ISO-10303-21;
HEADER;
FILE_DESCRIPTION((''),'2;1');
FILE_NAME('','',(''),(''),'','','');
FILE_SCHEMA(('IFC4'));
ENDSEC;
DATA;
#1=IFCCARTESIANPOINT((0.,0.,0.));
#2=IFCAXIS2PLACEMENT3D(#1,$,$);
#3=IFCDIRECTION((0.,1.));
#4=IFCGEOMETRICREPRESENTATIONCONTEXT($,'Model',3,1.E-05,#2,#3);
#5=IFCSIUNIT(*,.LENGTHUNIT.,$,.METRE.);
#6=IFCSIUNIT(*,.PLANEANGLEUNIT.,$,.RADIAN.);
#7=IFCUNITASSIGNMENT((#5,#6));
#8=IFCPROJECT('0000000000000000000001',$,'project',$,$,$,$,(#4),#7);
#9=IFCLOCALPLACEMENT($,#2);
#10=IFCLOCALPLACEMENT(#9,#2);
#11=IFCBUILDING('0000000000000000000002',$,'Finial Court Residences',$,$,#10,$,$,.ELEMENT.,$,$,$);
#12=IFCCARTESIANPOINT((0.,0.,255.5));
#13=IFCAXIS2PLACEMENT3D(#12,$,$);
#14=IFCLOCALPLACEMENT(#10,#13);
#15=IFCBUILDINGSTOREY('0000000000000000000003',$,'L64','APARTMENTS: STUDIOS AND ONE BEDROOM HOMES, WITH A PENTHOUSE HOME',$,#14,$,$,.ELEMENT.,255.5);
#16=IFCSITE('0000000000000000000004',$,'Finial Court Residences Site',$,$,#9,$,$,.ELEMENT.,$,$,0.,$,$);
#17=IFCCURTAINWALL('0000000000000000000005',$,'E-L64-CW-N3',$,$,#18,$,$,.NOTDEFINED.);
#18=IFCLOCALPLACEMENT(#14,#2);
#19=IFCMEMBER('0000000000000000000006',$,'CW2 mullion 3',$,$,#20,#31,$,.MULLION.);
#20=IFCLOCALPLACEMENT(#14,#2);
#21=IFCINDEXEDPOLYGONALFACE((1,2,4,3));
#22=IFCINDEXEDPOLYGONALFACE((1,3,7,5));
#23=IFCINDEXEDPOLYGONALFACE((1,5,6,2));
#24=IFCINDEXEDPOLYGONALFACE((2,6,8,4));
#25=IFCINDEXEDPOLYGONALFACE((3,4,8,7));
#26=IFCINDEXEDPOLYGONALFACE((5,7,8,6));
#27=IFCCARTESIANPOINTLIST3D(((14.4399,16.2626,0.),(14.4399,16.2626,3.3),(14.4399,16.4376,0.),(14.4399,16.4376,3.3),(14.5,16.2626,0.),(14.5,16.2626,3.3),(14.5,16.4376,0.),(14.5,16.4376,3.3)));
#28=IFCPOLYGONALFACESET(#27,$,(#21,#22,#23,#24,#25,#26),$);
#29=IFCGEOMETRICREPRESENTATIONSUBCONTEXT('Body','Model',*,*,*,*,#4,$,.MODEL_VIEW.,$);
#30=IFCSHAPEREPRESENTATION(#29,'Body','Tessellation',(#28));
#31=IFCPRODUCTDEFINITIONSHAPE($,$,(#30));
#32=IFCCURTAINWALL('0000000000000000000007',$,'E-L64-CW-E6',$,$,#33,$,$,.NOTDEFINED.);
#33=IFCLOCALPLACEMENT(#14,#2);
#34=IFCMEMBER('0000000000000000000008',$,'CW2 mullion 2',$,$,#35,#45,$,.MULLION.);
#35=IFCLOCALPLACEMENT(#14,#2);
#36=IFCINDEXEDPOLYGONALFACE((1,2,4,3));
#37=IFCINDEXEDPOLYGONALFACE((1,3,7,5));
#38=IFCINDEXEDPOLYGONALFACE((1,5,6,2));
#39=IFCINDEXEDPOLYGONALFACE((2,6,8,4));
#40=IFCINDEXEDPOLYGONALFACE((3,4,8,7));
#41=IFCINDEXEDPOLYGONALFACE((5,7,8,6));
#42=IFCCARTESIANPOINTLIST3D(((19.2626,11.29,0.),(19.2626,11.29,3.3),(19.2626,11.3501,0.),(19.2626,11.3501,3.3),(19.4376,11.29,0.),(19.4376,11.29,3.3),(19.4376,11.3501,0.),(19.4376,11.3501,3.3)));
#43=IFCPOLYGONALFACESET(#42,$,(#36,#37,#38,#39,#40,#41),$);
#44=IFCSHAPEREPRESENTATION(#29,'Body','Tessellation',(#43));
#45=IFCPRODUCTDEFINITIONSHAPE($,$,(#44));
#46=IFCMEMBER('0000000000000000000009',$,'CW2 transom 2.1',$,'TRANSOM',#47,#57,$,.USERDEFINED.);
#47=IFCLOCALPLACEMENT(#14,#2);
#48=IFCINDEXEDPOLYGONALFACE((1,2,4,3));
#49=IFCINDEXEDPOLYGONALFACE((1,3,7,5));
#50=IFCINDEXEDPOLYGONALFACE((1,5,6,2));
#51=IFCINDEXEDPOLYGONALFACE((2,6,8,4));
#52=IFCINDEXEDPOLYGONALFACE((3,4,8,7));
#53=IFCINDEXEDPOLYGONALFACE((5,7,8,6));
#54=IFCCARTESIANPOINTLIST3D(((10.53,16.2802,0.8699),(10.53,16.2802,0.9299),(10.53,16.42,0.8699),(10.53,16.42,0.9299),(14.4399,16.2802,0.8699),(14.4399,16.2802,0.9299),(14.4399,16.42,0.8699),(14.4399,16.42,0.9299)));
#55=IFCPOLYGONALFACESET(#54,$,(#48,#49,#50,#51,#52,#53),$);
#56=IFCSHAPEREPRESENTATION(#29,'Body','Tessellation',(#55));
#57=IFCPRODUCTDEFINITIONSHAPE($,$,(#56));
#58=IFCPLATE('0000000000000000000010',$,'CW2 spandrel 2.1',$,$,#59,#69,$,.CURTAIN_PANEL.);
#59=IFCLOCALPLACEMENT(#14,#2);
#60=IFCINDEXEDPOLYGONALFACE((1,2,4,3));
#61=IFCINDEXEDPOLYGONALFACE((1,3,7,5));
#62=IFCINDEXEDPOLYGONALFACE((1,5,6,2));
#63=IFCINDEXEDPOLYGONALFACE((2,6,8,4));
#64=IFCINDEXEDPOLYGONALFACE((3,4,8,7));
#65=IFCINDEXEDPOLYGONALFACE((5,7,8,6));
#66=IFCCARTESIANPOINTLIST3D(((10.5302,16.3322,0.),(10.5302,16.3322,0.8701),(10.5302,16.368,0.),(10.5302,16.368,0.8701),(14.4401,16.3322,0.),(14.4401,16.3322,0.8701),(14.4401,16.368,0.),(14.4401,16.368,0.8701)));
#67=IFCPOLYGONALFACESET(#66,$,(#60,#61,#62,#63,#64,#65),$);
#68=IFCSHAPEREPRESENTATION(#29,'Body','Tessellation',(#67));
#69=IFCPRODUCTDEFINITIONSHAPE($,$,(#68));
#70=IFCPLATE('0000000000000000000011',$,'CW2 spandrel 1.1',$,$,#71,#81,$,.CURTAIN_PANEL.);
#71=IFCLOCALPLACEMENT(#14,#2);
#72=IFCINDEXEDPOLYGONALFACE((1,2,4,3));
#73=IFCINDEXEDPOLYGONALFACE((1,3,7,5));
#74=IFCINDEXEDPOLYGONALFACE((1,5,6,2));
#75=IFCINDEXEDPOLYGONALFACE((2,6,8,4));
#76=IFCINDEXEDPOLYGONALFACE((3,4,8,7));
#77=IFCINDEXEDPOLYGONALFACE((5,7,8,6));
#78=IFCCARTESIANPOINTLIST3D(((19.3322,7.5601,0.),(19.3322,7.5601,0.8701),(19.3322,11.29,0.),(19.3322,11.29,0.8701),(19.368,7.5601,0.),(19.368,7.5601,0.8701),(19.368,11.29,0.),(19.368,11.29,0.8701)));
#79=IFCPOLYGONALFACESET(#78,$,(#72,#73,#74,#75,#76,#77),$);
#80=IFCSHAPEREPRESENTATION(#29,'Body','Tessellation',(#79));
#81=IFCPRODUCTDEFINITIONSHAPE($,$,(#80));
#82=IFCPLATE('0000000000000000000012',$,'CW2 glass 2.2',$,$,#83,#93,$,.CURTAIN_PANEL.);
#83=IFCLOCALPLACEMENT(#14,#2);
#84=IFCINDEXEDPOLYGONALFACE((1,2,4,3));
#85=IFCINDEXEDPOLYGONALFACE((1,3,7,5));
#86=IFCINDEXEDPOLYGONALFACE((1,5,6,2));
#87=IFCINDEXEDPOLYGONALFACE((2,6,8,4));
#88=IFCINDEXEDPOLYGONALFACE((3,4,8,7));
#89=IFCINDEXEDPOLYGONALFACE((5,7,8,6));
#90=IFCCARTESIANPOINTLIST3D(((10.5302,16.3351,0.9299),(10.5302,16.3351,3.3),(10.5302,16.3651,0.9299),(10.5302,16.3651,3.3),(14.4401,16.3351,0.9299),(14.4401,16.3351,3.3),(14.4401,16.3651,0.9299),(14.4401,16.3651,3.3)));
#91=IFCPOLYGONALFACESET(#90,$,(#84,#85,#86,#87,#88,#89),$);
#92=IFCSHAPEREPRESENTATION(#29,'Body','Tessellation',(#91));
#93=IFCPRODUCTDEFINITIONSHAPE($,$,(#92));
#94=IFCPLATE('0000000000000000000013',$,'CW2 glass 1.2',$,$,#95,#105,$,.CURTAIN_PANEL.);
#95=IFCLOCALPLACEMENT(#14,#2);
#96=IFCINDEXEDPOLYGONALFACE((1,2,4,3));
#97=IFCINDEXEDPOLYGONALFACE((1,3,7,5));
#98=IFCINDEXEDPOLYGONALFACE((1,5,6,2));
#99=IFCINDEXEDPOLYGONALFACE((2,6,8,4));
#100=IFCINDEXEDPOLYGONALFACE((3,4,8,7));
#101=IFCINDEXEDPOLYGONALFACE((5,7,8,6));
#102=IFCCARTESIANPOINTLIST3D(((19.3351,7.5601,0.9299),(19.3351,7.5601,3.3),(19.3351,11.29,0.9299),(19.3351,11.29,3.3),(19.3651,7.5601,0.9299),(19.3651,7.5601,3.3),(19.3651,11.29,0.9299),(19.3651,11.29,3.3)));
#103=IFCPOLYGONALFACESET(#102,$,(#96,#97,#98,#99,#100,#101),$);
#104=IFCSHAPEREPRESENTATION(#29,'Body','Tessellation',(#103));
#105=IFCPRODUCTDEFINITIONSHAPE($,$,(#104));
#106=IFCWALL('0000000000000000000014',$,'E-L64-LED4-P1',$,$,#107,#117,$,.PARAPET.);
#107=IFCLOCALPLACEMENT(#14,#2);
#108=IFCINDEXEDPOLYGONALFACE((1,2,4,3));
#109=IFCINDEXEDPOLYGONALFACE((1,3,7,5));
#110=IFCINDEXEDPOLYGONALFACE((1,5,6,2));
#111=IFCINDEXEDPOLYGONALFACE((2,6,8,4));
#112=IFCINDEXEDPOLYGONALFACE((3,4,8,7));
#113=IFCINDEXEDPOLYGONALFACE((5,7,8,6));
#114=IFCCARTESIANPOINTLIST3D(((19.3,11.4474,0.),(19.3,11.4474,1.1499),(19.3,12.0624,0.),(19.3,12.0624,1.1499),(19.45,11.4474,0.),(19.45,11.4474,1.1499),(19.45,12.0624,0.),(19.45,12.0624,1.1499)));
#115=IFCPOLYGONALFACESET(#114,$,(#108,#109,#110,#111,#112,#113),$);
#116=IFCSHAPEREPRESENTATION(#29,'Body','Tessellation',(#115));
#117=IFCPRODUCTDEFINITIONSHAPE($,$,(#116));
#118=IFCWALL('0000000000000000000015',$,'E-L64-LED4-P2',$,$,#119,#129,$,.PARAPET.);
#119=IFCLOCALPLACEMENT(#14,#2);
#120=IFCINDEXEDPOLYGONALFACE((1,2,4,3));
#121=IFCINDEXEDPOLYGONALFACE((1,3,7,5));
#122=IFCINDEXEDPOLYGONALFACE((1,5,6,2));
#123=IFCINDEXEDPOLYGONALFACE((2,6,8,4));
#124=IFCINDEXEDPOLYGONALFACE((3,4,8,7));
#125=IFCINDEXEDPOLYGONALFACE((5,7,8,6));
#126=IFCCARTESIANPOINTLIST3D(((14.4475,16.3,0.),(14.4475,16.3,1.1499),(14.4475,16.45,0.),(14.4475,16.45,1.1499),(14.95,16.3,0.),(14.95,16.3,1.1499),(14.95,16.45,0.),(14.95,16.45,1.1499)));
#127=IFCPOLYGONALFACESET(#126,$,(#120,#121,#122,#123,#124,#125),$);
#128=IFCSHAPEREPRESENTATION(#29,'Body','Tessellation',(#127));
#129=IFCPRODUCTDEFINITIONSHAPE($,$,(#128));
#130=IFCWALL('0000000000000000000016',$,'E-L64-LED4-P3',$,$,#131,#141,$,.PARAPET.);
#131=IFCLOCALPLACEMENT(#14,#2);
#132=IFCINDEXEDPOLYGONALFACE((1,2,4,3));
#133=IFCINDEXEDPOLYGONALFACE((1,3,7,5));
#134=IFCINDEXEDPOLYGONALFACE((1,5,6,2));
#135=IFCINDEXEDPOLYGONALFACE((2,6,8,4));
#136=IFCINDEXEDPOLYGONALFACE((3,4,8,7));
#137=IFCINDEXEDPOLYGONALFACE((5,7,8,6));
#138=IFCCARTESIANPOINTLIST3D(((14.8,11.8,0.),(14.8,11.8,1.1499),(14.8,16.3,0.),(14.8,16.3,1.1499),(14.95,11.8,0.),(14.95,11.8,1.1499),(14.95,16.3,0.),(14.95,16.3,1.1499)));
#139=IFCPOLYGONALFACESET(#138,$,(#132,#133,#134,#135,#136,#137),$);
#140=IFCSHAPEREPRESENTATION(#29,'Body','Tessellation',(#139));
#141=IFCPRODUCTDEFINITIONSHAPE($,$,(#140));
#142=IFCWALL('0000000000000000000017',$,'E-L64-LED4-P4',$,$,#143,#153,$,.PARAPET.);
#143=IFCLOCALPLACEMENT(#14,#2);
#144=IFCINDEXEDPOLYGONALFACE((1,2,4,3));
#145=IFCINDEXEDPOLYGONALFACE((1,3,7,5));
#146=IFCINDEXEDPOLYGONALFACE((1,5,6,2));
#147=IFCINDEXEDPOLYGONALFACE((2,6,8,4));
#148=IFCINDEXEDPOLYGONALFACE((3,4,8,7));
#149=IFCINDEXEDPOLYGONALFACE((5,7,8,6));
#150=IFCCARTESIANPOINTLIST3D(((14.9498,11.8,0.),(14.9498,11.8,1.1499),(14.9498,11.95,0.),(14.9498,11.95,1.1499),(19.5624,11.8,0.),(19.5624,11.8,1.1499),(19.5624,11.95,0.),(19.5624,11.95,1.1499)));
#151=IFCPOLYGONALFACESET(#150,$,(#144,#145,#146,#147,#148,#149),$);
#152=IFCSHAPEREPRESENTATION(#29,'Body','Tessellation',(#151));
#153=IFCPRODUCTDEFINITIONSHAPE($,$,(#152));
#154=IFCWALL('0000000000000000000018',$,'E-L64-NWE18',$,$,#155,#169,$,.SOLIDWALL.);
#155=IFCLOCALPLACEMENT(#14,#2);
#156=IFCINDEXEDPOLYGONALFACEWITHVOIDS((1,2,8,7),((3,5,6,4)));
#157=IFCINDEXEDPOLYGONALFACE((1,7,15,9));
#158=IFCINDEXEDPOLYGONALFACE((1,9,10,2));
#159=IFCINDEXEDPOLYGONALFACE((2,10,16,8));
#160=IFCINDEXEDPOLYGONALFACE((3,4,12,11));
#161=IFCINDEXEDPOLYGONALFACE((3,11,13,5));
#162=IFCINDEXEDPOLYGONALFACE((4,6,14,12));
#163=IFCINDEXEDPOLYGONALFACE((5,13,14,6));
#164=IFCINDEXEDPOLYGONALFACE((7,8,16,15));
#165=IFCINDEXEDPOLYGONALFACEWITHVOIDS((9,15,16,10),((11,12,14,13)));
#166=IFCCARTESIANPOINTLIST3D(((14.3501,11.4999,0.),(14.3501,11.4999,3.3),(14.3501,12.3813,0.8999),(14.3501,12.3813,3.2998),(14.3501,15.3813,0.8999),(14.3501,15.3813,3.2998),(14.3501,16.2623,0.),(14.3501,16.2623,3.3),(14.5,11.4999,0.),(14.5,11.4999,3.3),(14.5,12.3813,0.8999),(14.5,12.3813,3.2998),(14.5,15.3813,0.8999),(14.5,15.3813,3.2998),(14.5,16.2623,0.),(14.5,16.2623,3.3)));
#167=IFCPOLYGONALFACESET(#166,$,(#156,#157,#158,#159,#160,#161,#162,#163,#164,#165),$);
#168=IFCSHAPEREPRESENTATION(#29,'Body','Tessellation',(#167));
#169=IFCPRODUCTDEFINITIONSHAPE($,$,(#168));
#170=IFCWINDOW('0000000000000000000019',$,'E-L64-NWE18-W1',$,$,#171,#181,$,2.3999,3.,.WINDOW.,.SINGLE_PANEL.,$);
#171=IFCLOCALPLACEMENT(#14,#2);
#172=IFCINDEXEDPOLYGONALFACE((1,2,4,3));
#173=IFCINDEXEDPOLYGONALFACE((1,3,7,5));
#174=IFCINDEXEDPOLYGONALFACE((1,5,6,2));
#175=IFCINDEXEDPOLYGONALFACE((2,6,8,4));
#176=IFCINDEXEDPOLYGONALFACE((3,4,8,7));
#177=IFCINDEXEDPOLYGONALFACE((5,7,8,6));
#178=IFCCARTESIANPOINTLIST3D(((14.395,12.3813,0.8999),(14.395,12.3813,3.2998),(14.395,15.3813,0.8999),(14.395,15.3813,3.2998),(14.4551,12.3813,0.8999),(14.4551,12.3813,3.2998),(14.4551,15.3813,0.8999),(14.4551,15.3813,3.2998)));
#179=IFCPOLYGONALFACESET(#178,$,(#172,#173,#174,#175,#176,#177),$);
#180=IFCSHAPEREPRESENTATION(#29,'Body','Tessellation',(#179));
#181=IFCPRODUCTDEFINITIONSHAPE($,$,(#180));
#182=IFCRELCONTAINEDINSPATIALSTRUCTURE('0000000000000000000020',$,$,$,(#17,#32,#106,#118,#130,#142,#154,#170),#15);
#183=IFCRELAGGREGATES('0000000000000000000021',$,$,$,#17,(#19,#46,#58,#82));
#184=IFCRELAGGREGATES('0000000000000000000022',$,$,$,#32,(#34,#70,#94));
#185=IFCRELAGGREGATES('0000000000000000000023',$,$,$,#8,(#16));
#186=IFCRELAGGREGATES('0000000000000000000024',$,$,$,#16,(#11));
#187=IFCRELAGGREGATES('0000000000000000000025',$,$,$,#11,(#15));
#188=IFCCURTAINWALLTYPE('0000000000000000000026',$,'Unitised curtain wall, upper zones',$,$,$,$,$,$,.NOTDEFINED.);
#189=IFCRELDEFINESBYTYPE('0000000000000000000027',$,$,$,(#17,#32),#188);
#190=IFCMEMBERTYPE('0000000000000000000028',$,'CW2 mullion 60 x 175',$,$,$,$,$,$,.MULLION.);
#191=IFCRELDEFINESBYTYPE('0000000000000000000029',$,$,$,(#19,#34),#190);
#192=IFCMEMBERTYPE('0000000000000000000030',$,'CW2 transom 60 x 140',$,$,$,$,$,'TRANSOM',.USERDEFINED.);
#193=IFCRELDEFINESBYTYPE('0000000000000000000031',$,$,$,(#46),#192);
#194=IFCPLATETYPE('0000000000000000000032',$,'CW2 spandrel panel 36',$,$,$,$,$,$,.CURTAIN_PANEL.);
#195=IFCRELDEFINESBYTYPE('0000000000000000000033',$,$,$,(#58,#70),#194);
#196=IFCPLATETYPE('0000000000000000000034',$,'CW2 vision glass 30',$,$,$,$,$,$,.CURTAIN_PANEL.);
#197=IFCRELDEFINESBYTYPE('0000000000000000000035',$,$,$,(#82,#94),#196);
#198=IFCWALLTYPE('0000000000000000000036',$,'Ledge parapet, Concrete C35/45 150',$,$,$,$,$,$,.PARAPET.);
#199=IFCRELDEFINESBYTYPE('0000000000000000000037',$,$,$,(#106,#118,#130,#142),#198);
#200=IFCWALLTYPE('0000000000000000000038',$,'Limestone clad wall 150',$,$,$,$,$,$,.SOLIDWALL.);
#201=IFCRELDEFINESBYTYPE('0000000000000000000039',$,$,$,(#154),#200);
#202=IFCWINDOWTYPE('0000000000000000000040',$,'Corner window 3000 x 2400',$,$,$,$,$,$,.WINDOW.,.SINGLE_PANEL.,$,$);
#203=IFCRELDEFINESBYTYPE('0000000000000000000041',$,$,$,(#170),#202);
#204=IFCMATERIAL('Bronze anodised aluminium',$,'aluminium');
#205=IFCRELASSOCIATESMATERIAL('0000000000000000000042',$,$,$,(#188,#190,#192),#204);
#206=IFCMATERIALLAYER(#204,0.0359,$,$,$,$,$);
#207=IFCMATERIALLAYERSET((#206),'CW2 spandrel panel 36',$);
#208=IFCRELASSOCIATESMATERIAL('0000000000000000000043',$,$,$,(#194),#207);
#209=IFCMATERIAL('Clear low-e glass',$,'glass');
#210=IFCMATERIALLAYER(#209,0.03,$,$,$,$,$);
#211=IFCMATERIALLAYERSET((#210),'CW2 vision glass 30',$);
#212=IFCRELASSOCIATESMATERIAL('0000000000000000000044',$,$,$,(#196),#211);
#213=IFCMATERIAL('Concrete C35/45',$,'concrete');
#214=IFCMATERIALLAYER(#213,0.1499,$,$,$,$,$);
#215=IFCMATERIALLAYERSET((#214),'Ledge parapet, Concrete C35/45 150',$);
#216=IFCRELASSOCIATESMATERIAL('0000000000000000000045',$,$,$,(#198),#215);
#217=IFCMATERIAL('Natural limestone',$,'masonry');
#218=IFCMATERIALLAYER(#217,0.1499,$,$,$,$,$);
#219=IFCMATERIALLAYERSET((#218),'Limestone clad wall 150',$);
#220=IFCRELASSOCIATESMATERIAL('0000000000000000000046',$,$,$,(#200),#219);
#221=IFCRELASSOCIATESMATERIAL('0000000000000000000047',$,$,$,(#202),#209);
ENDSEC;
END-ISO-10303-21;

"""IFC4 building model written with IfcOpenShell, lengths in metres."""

from ifc_helpers import new_model, si_unit, direction, frame, frame_2d, origin, origin_2d, place, context, subcontext, project, spatial, rectangle, extrude, material, layer, layer_set, material_profile, profile_set, type_object, element, fill, aggregate, save


model = new_model("IFC4")

# Units and contexts
model_context = context("Model", 3, precision=1e-05, world=origin(), true_north=direction((0.0, 1.0)))
body_context = subcontext(model_context, "Body", "Model", "MODEL_VIEW")
ifc_project = project(units=[si_unit("LENGTHUNIT", "METRE"), si_unit("PLANEANGLEUNIT", "RADIAN")], contexts=[model_context])

# Site, building, storey
site_placement = place(None, origin())
site = spatial("IfcSite", under=ifc_project, at=site_placement, Name="Finial Court Residences Site", CompositionType="ELEMENT", RefElevation=0.0)
building_placement = place(site_placement, origin())
building = spatial("IfcBuilding", under=site, at=building_placement, Name="Finial Court Residences", CompositionType="ELEMENT")
storey_placement = place(building_placement, frame((0.0, 0.0, 255.5)))
storey = spatial("IfcBuildingStorey", under=building, at=storey_placement, Name="L64", Description="APARTMENTS: STUDIOS AND ONE BEDROOM HOMES, WITH A PENTHOUSE HOME", CompositionType="ELEMENT", Elevation=255.5)

# Curtain walls, members
ifc_material_1 = material(Name="Bronze anodised aluminium", Category="aluminium")
curtain_wall_type = type_object("IfcCurtainWallType", Name="Unitised curtain wall, upper zones", PredefinedType="NOTDEFINED", material=ifc_material_1)
curtain_wall_1_placement = place(storey_placement, origin())
curtain_wall_1 = element("IfcCurtainWall", 1, at=curtain_wall_1_placement, inside=storey, type_object=curtain_wall_type, Name="E-L64-CW-N3", PredefinedType="NOTDEFINED")
ifc_material_profile_1 = material_profile(ifc_material_1, rectangle(XDim=0.175, YDim=0.0601, at=origin_2d()), Name="CW2 mullion 60 x 175")
ifc_profile_set_1 = profile_set([ifc_material_profile_1], Name="Bronze anodised aluminium")
member_type_1 = type_object("IfcMemberType", Name="CW2 mullion 60 x 175", PredefinedType="MULLION", material=ifc_profile_set_1)
member_1_placement = place(storey_placement, frame((14.47, 16.3501, 0.0), z_axis=(0.0, 0.0, 1.0), x_axis=(0.0, 1.0, 0.0)))
member_1 = element("IfcMember", 2, at=member_1_placement, type_object=member_type_1, Name="CW2 mullion 3", PredefinedType="MULLION", context=body_context, shape_type="SweptSolid", body=[
    extrude(rectangle(XDim=0.175, YDim=0.0601, at=origin_2d()), origin(), (0.0, 0.0, 1.0), 3.3),
])
curtain_wall_2_placement = place(storey_placement, origin())
curtain_wall_2 = element("IfcCurtainWall", 3, at=curtain_wall_2_placement, inside=storey, type_object=curtain_wall_type, Name="E-L64-CW-E6", PredefinedType="NOTDEFINED")
member_2_placement = place(storey_placement, frame((19.3501, 11.3201, 0.0), z_axis=(0.0, 0.0, 1.0), x_axis=(-1.0, 0.0, 0.0)))
member_2 = element("IfcMember", 4, at=member_2_placement, type_object=member_type_1, Name="CW2 mullion 2", PredefinedType="MULLION", context=body_context, shape_type="SweptSolid", body=[
    extrude(rectangle(XDim=0.175, YDim=0.0601, at=origin_2d()), origin(), (0.0, 0.0, 1.0), 3.3),
])

# Member
ifc_material_profile_2 = material_profile(ifc_material_1, rectangle(XDim=0.1399, YDim=0.0601, at=origin_2d()), Name="CW2 transom 60 x 140")
ifc_profile_set_2 = profile_set([ifc_material_profile_2], Name="Bronze anodised aluminium")
member_type_2 = type_object("IfcMemberType", Name="CW2 transom 60 x 140", ElementType="TRANSOM", PredefinedType="USERDEFINED", material=ifc_profile_set_2)
member_3_placement = place(storey_placement, frame((10.53, 16.3501, 0.8999), z_axis=(1.0, 0.0, 0.0), x_axis=(0.0, 1.0, 0.0)))
member_3 = element("IfcMember", 5, at=member_3_placement, type_object=member_type_2, Name="CW2 transom 2.1", ObjectType="TRANSOM", PredefinedType="USERDEFINED", context=body_context, shape_type="SweptSolid", body=[
    extrude(rectangle(XDim=0.1399, YDim=0.0601, at=origin_2d()), origin(), (0.0, 0.0, 1.0), 3.9099),
])

# Plates
ifc_layer_1 = layer(ifc_material_1, 0.0359)
ifc_layer_set_1 = layer_set([ifc_layer_1], Name="CW2 spandrel panel 36")
plate_type_1 = type_object("IfcPlateType", Name="CW2 spandrel panel 36", PredefinedType="CURTAIN_PANEL", material=ifc_layer_set_1)
plate_1_placement = place(storey_placement, frame((12.4851, 16.3501, 0.0), z_axis=(0.0, 0.0, 1.0), x_axis=(1.0, 0.0, 0.0)))
plate_1 = element("IfcPlate", 6, at=plate_1_placement, type_object=plate_type_1, Name="CW2 spandrel 2.1", PredefinedType="CURTAIN_PANEL", context=body_context, shape_type="SweptSolid", body=[
    extrude(rectangle(XDim=3.9099, YDim=0.0359, at=origin_2d()), origin(), (0.0, 0.0, 1.0), 0.8701),
])
plate_2_placement = place(storey_placement, frame((19.3501, 9.425, 0.0), z_axis=(0.0, 0.0, 1.0), x_axis=(0.0, 1.0, 0.0)))
plate_2 = element("IfcPlate", 7, at=plate_2_placement, type_object=plate_type_1, Name="CW2 spandrel 1.1", PredefinedType="CURTAIN_PANEL", context=body_context, shape_type="SweptSolid", body=[
    extrude(rectangle(XDim=3.73, YDim=0.0359, at=origin_2d()), origin(), (0.0, 0.0, 1.0), 0.8701),
])
ifc_material_2 = material(Name="Clear low-e glass", Category="glass")
ifc_layer_2 = layer(ifc_material_2, 0.03)
ifc_layer_set_2 = layer_set([ifc_layer_2], Name="CW2 vision glass 30")
plate_type_2 = type_object("IfcPlateType", Name="CW2 vision glass 30", PredefinedType="CURTAIN_PANEL", material=ifc_layer_set_2)
plate_3_placement = place(storey_placement, frame((12.4851, 16.3501, 0.9299), z_axis=(0.0, 0.0, 1.0), x_axis=(1.0, 0.0, 0.0)))
plate_3 = element("IfcPlate", 8, at=plate_3_placement, type_object=plate_type_2, Name="CW2 glass 2.2", PredefinedType="CURTAIN_PANEL", context=body_context, shape_type="SweptSolid", body=[
    extrude(rectangle(XDim=3.9099, YDim=0.03, at=origin_2d()), origin(), (0.0, 0.0, 1.0), 2.3701),
])
aggregate(curtain_wall_1, [member_1, member_3, plate_1, plate_3])
plate_4_placement = place(storey_placement, frame((19.3501, 9.425, 0.9299), z_axis=(0.0, 0.0, 1.0), x_axis=(0.0, 1.0, 0.0)))
plate_4 = element("IfcPlate", 9, at=plate_4_placement, type_object=plate_type_2, Name="CW2 glass 1.2", PredefinedType="CURTAIN_PANEL", context=body_context, shape_type="SweptSolid", body=[
    extrude(rectangle(XDim=3.73, YDim=0.03, at=origin_2d()), origin(), (0.0, 0.0, 1.0), 2.3701),
])
aggregate(curtain_wall_2, [member_2, plate_2, plate_4])

# Walls
ifc_material_3 = material(Name="Concrete C35/45", Category="concrete")
ifc_layer_3 = layer(ifc_material_3, 0.1499)
ifc_layer_set_3 = layer_set([ifc_layer_3], Name="Ledge parapet, Concrete C35/45 150")
wall_type_1 = type_object("IfcWallType", Name="Ledge parapet, Concrete C35/45 150", PredefinedType="PARAPET", material=ifc_layer_set_3)
wall_1_placement = place(storey_placement, frame((19.375, 12.0625, 0.0), z_axis=(0.0, 0.0, 1.0), x_axis=(0.0, -1.0, 0.0)))
element("IfcWall", 10, at=wall_1_placement, inside=storey, type_object=wall_type_1, Name="E-L64-LED4-P1", PredefinedType="PARAPET", context=body_context, shape_type="SweptSolid", body=[
    extrude(rectangle(XDim=0.615, YDim=0.1499, at=frame_2d((0.3076, 0.0))), origin(), (0.0, 0.0, 1.0), 1.1499),
])
wall_2_placement = place(storey_placement, frame((14.4475, 16.375, 0.0), z_axis=(0.0, 0.0, 1.0), x_axis=(1.0, 0.0, 0.0)))
element("IfcWall", 11, at=wall_2_placement, inside=storey, type_object=wall_type_1, Name="E-L64-LED4-P2", PredefinedType="PARAPET", context=body_context, shape_type="SweptSolid", body=[
    extrude(rectangle(XDim=0.5024, YDim=0.1499, at=frame_2d((0.2512, 0.0))), origin(), (0.0, 0.0, 1.0), 1.1499),
])
wall_3_placement = place(storey_placement, frame((14.875, 16.3, 0.0), z_axis=(0.0, 0.0, 1.0), x_axis=(0.0, -1.0, 0.0)))
element("IfcWall", 12, at=wall_3_placement, inside=storey, type_object=wall_type_1, Name="E-L64-LED4-P3", PredefinedType="PARAPET", context=body_context, shape_type="SweptSolid", body=[
    extrude(rectangle(XDim=4.5, YDim=0.1499, at=frame_2d((2.25, 0.0))), origin(), (0.0, 0.0, 1.0), 1.1499),
])
wall_4_placement = place(storey_placement, frame((14.95, 11.875, 0.0), z_axis=(0.0, 0.0, 1.0), x_axis=(1.0, 0.0, 0.0)))
element("IfcWall", 13, at=wall_4_placement, inside=storey, type_object=wall_type_1, Name="E-L64-LED4-P4", PredefinedType="PARAPET", context=body_context, shape_type="SweptSolid", body=[
    extrude(rectangle(XDim=4.6125, YDim=0.1499, at=frame_2d((2.3062, 0.0))), origin(), (0.0, 0.0, 1.0), 1.1499),
])

# Wall, opening, window
ifc_material_4 = material(Name="Natural limestone", Category="masonry")
ifc_layer_4 = layer(ifc_material_4, 0.1499)
ifc_layer_set_4 = layer_set([ifc_layer_4], Name="Limestone clad wall 150")
wall_type_2 = type_object("IfcWallType", Name="Limestone clad wall 150", PredefinedType="SOLIDWALL", material=ifc_layer_set_4)
wall_5_placement = place(storey_placement, frame((14.425, 16.2625, 0.0), z_axis=(0.0, 0.0, 1.0), x_axis=(0.0, -1.0, 0.0)))
wall_5 = element("IfcWall", 14, at=wall_5_placement, inside=storey, type_object=wall_type_2, Name="E-L64-NWE18", PredefinedType="SOLIDWALL", context=body_context, shape_type="SweptSolid", body=[
    extrude(rectangle(XDim=4.7625, YDim=0.1499, at=frame_2d((2.3813, 0.0))), origin(), (0.0, 0.0, 1.0), 3.3),
])
opening_1_placement = place(wall_5_placement, frame((0.8811, 0.0, 0.8999)))
opening_1 = element("IfcOpeningElement", 15, at=opening_1_placement, cuts=wall_5, PredefinedType="OPENING", context=body_context, shape_type="SweptSolid", body=[
    extrude(rectangle(XDim=3.0, YDim=2.3999, at=frame_2d((1.5, 1.2))), frame((0.0, 0.085, 0.0), z_axis=(0.0, -1.0, 0.0), x_axis=(1.0, 0.0, 0.0)), (0.0, 0.0, 1.0), 0.1699),
])
window_type = type_object("IfcWindowType", Name="Corner window 3000 x 2400", PartitioningType="SINGLE_PANEL", PredefinedType="WINDOW", material=ifc_material_2)
window_1_placement = place(opening_1_placement, origin())
window_1 = element("IfcWindow", 16, at=window_1_placement, inside=storey, type_object=window_type, Name="E-L64-NWE18-W1", OverallHeight=2.3999, OverallWidth=3.0, PartitioningType="SINGLE_PANEL", PredefinedType="WINDOW", context=body_context, shape_type="SweptSolid", body=[
    extrude(rectangle(XDim=3.0, YDim=2.3999, at=frame_2d((1.5, 1.2))), frame((0.0, 0.03, 0.0), z_axis=(0.0, -1.0, 0.0), x_axis=(1.0, 0.0, 0.0)), (0.0, 0.0, 1.0), 0.0601),
])
fill(opening_1, window_1)

save(model, "model.ifc")
